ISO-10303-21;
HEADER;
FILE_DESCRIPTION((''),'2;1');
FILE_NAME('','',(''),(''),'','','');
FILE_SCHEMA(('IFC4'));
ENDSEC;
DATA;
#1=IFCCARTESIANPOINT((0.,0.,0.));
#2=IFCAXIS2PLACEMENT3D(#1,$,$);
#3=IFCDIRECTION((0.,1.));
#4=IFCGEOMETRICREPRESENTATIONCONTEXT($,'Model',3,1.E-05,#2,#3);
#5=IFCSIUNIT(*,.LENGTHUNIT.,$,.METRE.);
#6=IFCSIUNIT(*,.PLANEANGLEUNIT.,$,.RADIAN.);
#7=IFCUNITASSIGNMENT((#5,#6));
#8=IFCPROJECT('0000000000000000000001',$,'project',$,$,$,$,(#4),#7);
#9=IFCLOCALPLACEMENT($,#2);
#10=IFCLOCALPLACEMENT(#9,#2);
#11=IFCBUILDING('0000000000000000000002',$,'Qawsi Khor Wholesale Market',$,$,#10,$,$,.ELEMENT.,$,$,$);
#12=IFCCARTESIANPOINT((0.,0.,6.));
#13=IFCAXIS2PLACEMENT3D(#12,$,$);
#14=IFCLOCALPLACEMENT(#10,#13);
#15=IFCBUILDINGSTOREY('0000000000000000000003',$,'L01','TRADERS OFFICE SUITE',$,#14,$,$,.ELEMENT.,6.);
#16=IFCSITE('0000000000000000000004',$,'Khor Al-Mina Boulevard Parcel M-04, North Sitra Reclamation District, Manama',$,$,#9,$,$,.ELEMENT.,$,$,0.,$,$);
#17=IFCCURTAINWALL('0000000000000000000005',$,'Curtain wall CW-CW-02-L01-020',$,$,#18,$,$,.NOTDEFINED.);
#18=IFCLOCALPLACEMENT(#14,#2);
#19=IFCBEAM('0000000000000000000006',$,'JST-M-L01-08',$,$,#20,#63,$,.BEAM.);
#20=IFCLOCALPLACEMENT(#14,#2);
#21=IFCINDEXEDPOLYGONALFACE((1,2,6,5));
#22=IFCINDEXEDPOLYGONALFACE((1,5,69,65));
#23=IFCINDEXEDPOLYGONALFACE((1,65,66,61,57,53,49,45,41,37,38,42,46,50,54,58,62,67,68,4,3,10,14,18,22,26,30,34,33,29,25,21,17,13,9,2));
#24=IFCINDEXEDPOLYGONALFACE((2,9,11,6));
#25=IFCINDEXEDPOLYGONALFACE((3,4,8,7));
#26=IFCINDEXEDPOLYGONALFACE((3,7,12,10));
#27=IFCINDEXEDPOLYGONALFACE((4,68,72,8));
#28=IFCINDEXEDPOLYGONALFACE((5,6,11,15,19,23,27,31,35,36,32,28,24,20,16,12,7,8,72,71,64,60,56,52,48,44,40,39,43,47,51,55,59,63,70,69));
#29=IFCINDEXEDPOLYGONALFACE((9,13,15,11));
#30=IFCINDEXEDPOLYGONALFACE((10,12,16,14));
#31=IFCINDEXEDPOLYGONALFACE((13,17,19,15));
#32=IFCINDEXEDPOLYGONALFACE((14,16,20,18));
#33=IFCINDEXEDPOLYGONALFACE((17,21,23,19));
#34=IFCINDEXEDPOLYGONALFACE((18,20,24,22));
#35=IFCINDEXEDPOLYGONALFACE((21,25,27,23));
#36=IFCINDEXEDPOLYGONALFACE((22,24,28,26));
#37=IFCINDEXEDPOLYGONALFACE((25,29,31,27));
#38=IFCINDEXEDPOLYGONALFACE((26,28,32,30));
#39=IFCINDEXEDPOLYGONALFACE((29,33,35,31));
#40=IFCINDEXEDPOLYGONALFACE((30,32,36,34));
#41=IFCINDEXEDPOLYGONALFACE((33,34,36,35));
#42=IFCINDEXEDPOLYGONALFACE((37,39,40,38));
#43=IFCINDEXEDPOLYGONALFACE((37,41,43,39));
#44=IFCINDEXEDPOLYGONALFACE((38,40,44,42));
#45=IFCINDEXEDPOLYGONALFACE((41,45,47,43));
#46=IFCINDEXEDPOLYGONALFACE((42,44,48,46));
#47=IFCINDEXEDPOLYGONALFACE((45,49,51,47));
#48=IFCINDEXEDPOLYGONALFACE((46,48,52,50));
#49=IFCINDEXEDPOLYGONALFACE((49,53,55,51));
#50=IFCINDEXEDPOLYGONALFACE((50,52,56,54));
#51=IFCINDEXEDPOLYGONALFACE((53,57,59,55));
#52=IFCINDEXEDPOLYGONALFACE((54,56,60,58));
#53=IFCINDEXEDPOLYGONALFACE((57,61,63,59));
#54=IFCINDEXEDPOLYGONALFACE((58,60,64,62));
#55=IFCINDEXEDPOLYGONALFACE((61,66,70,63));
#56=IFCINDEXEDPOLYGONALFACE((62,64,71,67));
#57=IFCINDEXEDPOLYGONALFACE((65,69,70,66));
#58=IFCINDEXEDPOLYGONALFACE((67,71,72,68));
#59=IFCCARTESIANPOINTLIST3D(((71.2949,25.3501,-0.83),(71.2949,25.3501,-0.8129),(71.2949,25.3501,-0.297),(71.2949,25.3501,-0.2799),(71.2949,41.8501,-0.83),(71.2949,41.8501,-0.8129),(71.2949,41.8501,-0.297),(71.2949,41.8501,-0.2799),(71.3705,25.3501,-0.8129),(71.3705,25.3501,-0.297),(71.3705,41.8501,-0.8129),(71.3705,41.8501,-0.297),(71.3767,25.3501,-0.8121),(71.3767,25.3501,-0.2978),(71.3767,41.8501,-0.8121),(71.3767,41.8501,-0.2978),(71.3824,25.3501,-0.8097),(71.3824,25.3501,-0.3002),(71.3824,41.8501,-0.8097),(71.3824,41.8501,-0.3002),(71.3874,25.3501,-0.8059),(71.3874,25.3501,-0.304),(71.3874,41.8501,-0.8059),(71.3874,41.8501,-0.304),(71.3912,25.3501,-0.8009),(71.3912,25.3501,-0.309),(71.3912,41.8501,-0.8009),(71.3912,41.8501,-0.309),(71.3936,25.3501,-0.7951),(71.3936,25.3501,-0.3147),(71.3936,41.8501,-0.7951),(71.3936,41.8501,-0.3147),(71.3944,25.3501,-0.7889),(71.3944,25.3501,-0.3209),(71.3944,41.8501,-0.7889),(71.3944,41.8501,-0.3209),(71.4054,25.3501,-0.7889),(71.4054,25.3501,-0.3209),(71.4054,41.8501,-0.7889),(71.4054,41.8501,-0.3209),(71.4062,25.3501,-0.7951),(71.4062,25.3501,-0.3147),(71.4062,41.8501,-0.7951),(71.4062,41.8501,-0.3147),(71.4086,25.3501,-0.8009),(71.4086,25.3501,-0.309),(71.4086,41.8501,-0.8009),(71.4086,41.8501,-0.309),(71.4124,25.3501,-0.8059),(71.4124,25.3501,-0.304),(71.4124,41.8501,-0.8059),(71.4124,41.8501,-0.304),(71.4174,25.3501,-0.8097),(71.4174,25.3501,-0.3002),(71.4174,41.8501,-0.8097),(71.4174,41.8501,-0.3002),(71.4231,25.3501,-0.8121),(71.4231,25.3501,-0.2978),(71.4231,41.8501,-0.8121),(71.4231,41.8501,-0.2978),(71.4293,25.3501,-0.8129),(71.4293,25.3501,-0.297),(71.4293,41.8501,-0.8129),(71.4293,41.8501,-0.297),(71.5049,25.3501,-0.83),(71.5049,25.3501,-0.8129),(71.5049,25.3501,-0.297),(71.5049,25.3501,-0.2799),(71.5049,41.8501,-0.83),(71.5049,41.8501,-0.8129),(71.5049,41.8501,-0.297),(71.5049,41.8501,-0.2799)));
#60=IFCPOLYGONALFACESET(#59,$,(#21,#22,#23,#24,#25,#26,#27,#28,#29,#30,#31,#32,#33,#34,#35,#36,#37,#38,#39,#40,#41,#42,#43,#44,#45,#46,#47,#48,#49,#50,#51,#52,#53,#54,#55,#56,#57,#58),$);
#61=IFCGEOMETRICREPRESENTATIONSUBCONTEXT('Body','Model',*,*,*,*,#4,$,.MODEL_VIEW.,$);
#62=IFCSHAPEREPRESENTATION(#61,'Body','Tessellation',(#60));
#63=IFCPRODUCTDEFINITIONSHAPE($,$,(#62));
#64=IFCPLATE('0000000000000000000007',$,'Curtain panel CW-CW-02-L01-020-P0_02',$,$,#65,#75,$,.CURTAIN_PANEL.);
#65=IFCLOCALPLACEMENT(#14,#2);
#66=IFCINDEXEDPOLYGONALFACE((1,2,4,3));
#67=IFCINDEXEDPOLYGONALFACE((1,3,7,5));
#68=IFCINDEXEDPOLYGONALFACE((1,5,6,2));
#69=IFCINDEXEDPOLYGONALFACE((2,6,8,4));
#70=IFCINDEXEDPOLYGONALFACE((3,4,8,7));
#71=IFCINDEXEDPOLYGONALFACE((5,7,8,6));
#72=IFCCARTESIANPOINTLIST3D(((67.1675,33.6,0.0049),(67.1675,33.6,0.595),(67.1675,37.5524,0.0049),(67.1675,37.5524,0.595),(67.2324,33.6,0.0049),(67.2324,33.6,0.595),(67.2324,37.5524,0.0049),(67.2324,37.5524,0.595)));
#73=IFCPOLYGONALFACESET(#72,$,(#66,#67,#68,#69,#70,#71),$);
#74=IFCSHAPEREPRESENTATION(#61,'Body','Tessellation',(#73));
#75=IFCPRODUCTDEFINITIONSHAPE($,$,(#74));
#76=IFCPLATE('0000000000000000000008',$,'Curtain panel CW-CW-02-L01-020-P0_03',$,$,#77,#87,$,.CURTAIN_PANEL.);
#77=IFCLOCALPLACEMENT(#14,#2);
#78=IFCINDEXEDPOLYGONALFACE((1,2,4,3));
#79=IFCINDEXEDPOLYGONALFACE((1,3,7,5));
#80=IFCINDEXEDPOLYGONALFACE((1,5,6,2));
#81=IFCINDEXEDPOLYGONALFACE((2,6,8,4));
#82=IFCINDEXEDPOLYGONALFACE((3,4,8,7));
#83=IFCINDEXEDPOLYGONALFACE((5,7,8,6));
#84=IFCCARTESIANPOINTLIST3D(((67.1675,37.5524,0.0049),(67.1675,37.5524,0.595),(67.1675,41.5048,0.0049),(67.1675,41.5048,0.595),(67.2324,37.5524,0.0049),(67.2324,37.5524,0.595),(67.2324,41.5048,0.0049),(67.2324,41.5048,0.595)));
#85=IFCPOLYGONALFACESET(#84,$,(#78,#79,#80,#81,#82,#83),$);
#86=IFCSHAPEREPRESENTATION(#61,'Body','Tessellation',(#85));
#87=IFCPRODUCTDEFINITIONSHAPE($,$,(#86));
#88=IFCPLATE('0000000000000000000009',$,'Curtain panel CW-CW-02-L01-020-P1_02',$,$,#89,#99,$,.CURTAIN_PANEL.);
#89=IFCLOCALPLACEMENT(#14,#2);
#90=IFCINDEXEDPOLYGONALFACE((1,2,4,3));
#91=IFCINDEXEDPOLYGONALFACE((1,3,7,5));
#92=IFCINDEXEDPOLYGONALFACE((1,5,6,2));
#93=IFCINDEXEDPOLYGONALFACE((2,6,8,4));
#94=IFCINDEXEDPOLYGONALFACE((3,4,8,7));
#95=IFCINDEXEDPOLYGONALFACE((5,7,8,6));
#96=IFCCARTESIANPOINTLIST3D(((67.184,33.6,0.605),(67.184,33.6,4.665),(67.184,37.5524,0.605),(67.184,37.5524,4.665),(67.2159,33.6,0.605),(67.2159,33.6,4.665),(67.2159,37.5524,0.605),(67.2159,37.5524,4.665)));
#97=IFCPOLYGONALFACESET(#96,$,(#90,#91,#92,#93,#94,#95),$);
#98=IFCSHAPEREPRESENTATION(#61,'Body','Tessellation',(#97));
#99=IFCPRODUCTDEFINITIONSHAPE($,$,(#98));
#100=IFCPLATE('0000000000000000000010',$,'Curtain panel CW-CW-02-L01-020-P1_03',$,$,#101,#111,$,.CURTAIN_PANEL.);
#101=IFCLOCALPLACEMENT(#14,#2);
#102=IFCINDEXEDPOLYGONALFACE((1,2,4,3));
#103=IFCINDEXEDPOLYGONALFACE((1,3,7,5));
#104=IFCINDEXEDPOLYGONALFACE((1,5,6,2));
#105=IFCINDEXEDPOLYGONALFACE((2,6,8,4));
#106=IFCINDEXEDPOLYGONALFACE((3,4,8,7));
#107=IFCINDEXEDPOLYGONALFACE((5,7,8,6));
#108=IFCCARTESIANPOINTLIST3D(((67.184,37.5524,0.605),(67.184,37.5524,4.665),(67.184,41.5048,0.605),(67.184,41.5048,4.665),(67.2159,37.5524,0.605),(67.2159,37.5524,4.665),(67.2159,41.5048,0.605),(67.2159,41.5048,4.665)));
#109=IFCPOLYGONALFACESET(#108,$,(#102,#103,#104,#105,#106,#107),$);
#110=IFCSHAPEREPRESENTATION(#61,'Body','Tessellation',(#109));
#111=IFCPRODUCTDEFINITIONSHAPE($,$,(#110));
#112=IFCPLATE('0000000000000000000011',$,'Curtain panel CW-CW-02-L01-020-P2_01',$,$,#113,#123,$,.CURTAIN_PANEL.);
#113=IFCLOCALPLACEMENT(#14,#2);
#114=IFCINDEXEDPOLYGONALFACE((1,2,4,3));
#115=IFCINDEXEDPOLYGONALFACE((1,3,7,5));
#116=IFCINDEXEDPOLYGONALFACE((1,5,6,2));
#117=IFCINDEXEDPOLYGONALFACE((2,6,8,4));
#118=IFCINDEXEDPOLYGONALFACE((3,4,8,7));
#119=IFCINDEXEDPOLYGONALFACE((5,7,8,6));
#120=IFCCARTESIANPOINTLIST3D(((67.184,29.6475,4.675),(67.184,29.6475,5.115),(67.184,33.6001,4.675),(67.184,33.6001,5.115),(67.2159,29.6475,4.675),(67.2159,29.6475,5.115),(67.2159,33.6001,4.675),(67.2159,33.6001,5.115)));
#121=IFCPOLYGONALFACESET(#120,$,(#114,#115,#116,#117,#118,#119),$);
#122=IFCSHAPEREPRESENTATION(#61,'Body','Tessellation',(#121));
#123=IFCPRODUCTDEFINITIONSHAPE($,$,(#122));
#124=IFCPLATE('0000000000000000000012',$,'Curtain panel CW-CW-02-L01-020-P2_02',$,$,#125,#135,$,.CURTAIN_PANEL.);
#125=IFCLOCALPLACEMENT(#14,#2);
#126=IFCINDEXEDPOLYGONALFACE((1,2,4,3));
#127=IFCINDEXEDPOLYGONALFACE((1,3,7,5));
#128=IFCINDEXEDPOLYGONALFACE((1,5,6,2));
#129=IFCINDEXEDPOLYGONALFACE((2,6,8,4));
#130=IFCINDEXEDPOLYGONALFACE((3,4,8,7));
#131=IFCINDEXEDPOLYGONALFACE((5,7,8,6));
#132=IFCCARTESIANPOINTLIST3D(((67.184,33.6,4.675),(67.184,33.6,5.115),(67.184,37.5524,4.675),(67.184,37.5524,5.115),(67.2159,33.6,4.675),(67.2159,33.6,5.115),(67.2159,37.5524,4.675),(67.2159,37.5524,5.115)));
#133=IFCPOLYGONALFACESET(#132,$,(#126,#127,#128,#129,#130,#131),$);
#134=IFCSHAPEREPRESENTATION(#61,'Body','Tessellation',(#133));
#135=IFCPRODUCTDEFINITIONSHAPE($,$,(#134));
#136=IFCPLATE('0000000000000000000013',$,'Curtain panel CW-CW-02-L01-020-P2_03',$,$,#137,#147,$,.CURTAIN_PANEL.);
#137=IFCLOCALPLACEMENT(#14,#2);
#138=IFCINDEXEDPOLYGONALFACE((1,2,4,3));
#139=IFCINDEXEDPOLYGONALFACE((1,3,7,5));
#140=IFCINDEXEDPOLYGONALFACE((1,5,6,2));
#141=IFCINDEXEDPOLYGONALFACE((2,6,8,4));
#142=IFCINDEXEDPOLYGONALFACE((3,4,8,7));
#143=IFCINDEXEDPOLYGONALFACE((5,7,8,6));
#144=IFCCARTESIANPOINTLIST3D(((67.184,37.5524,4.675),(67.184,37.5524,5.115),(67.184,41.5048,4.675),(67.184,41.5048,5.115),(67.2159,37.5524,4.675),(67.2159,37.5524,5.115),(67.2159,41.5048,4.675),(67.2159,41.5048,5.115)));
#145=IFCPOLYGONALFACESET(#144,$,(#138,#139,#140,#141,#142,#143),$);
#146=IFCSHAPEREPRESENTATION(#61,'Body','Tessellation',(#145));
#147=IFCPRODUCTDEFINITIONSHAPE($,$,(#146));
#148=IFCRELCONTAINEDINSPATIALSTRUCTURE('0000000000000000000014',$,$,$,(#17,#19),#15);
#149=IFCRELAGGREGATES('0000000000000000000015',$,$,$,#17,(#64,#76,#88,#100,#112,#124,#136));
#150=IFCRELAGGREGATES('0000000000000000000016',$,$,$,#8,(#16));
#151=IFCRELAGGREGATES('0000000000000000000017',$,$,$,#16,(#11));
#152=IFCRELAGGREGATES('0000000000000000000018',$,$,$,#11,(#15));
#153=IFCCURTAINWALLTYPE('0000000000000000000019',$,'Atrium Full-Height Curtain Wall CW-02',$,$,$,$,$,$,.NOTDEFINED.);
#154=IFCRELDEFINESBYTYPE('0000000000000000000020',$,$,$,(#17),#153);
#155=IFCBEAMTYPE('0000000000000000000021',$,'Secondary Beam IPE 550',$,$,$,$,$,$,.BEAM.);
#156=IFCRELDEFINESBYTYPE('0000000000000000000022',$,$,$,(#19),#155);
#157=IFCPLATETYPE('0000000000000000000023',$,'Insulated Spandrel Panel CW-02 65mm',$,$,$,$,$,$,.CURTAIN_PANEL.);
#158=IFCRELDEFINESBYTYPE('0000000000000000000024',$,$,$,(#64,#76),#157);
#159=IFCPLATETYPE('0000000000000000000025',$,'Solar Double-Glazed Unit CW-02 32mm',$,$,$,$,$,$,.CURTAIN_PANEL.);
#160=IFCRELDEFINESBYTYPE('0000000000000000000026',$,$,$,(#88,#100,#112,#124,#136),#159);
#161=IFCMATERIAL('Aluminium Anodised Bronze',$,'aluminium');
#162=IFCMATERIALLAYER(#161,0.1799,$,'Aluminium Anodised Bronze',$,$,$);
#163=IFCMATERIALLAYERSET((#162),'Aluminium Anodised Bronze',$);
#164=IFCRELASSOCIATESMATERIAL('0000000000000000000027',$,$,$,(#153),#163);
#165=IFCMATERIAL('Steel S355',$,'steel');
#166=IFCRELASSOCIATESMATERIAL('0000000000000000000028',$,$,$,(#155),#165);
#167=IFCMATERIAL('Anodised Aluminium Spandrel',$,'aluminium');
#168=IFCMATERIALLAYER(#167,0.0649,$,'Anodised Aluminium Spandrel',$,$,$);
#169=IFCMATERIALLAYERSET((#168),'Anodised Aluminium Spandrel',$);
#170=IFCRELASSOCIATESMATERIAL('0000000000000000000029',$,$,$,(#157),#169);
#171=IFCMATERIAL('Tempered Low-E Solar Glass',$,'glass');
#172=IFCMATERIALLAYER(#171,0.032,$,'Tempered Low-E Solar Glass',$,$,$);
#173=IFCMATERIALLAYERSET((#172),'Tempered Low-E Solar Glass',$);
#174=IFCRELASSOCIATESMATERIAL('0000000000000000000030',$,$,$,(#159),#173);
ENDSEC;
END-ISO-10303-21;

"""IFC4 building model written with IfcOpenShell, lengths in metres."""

from ifc_helpers import new_model, si_unit, direction, frame, frame_2d, origin, origin_2d, place, context, subcontext, project, spatial, rectangle, i_section, extrude, material, layer, layer_set, material_profile, profile_set, type_object, element, aggregate, save


model = new_model("IFC4")

# Units and contexts
model_context = context("Model", 3, precision=1e-05, world=origin(), true_north=direction((0.0, 1.0)))
body_context = subcontext(model_context, "Body", "Model", "MODEL_VIEW")
ifc_project = project(units=[si_unit("LENGTHUNIT", "METRE"), si_unit("PLANEANGLEUNIT", "RADIAN")], contexts=[model_context])

# Site, building, storey
site_placement = place(None, origin())
site = spatial("IfcSite", under=ifc_project, at=site_placement, Name="Khor Al-Mina Boulevard Parcel M-04, North Sitra Reclamation District, Manama", CompositionType="ELEMENT", RefElevation=0.0)
building_placement = place(site_placement, origin())
building = spatial("IfcBuilding", under=site, at=building_placement, Name="Qawsi Khor Wholesale Market", CompositionType="ELEMENT")
storey_placement = place(building_placement, frame((0.0, 0.0, 6.0)))
storey = spatial("IfcBuildingStorey", under=building, at=storey_placement, Name="L01", Description="TRADERS OFFICE SUITE", CompositionType="ELEMENT", Elevation=6.0)

# Curtain wall
ifc_material_1 = material(Name="Aluminium Anodised Bronze", Category="aluminium")
ifc_layer_1 = layer(ifc_material_1, 0.1799, Name="Aluminium Anodised Bronze")
ifc_layer_set_1 = layer_set([ifc_layer_1], Name="Aluminium Anodised Bronze")
curtain_wall_type = type_object("IfcCurtainWallType", Name="Atrium Full-Height Curtain Wall CW-02", PredefinedType="NOTDEFINED", material=ifc_layer_set_1)
curtain_wall_placement = place(storey_placement, origin())
curtain_wall = element("IfcCurtainWall", 1, at=curtain_wall_placement, inside=storey, type_object=curtain_wall_type, Name="Curtain wall CW-CW-02-L01-020", PredefinedType="NOTDEFINED")

# Beam
ifc_material_2 = material(Name="Steel S355", Category="steel")
ifc_material_profile_1 = material_profile(ifc_material_2, i_section(OverallWidth=0.21, OverallDepth=0.55, WebThickness=0.011, FlangeThickness=0.0171, FilletRadius=0.0239, at=origin_2d()), Name="IPE 550")
ifc_profile_set_1 = profile_set([ifc_material_profile_1], Name="Steel S355")
beam_type_1 = type_object("IfcBeamType", Name="Secondary Beam IPE 550", PredefinedType="BEAM", material=ifc_profile_set_1)
beam_1_placement = place(storey_placement, frame((71.3999, 25.3501, -0.5549), z_axis=(0.0, 1.0, 0.0), x_axis=(-1.0, 0.0, 0.0)))
element("IfcBeam", 2, at=beam_1_placement, inside=storey, type_object=beam_type_1, Name="JST-M-L01-08", PredefinedType="BEAM", context=body_context, shape_type="SweptSolid", body=[
    extrude(i_section(OverallWidth=0.21, OverallDepth=0.55, WebThickness=0.011, FlangeThickness=0.0171, FilletRadius=0.0239, at=origin_2d()), origin(), (0.0, 0.0, 1.0), 16.5),
])

# Plates
ifc_material_3 = material(Name="Anodised Aluminium Spandrel", Category="aluminium")
ifc_layer_2 = layer(ifc_material_3, 0.0649, Name="Anodised Aluminium Spandrel")
ifc_layer_set_2 = layer_set([ifc_layer_2], Name="Anodised Aluminium Spandrel")
plate_type_1 = type_object("IfcPlateType", Name="Insulated Spandrel Panel CW-02 65mm", PredefinedType="CURTAIN_PANEL", material=ifc_layer_set_2)
plate_1_placement = place(storey_placement, frame((67.2, 33.6001, 0.0049), z_axis=(0.0, 0.0, 1.0), x_axis=(0.0, 1.0, 0.0)))
plate_1 = element("IfcPlate", 3, at=plate_1_placement, type_object=plate_type_1, Name="Curtain panel CW-CW-02-L01-020-P0_02", PredefinedType="CURTAIN_PANEL", context=body_context, shape_type="SweptSolid", body=[
    extrude(rectangle(XDim=3.9524, YDim=0.0649, at=frame_2d((1.9761, 0.0))), origin(), (0.0, 0.0, 1.0), 0.5901),
])
plate_2_placement = place(storey_placement, frame((67.2, 37.5525, 0.0049), z_axis=(0.0, 0.0, 1.0), x_axis=(0.0, 1.0, 0.0)))
plate_2 = element("IfcPlate", 4, at=plate_2_placement, type_object=plate_type_1, Name="Curtain panel CW-CW-02-L01-020-P0_03", PredefinedType="CURTAIN_PANEL", context=body_context, shape_type="SweptSolid", body=[
    extrude(rectangle(XDim=3.9524, YDim=0.0649, at=frame_2d((1.9761, 0.0))), origin(), (0.0, 0.0, 1.0), 0.5901),
])
ifc_material_4 = material(Name="Tempered Low-E Solar Glass", Category="glass")
ifc_layer_3 = layer(ifc_material_4, 0.032, Name="Tempered Low-E Solar Glass")
ifc_layer_set_3 = layer_set([ifc_layer_3], Name="Tempered Low-E Solar Glass")
plate_type_2 = type_object("IfcPlateType", Name="Solar Double-Glazed Unit CW-02 32mm", PredefinedType="CURTAIN_PANEL", material=ifc_layer_set_3)
plate_3_placement = place(storey_placement, frame((67.2, 33.6001, 0.605), z_axis=(0.0, 0.0, 1.0), x_axis=(0.0, 1.0, 0.0)))
plate_3 = element("IfcPlate", 5, at=plate_3_placement, type_object=plate_type_2, Name="Curtain panel CW-CW-02-L01-020-P1_02", PredefinedType="CURTAIN_PANEL", context=body_context, shape_type="SweptSolid", body=[
    extrude(rectangle(XDim=3.9524, YDim=0.032, at=frame_2d((1.9761, 0.0))), origin(), (0.0, 0.0, 1.0), 4.0601),
])
plate_4_placement = place(storey_placement, frame((67.2, 37.5525, 0.605), z_axis=(0.0, 0.0, 1.0), x_axis=(0.0, 1.0, 0.0)))
plate_4 = element("IfcPlate", 6, at=plate_4_placement, type_object=plate_type_2, Name="Curtain panel CW-CW-02-L01-020-P1_03", PredefinedType="CURTAIN_PANEL", context=body_context, shape_type="SweptSolid", body=[
    extrude(rectangle(XDim=3.9524, YDim=0.032, at=frame_2d((1.9761, 0.0))), origin(), (0.0, 0.0, 1.0), 4.0601),
])
plate_5_placement = place(storey_placement, frame((67.2, 29.6475, 4.675), z_axis=(0.0, 0.0, 1.0), x_axis=(0.0, 1.0, 0.0)))
plate_5 = element("IfcPlate", 7, at=plate_5_placement, type_object=plate_type_2, Name="Curtain panel CW-CW-02-L01-020-P2_01", PredefinedType="CURTAIN_PANEL", context=body_context, shape_type="SweptSolid", body=[
    extrude(rectangle(XDim=3.9526, YDim=0.032, at=frame_2d((1.9763, 0.0))), origin(), (0.0, 0.0, 1.0), 0.4399),
])
plate_6_placement = place(storey_placement, frame((67.2, 33.6001, 4.675), z_axis=(0.0, 0.0, 1.0), x_axis=(0.0, 1.0, 0.0)))
plate_6 = element("IfcPlate", 8, at=plate_6_placement, type_object=plate_type_2, Name="Curtain panel CW-CW-02-L01-020-P2_02", PredefinedType="CURTAIN_PANEL", context=body_context, shape_type="SweptSolid", body=[
    extrude(rectangle(XDim=3.9524, YDim=0.032, at=frame_2d((1.9761, 0.0))), origin(), (0.0, 0.0, 1.0), 0.4399),
])
plate_7_placement = place(storey_placement, frame((67.2, 37.5525, 4.675), z_axis=(0.0, 0.0, 1.0), x_axis=(0.0, 1.0, 0.0)))
plate_7 = element("IfcPlate", 9, at=plate_7_placement, type_object=plate_type_2, Name="Curtain panel CW-CW-02-L01-020-P2_03", PredefinedType="CURTAIN_PANEL", context=body_context, shape_type="SweptSolid", body=[
    extrude(rectangle(XDim=3.9524, YDim=0.032, at=frame_2d((1.9761, 0.0))), origin(), (0.0, 0.0, 1.0), 0.4399),
])
aggregate(curtain_wall, [plate_1, plate_2, plate_3, plate_4, plate_5, plate_6, plate_7])

save(model, "model.ifc")
